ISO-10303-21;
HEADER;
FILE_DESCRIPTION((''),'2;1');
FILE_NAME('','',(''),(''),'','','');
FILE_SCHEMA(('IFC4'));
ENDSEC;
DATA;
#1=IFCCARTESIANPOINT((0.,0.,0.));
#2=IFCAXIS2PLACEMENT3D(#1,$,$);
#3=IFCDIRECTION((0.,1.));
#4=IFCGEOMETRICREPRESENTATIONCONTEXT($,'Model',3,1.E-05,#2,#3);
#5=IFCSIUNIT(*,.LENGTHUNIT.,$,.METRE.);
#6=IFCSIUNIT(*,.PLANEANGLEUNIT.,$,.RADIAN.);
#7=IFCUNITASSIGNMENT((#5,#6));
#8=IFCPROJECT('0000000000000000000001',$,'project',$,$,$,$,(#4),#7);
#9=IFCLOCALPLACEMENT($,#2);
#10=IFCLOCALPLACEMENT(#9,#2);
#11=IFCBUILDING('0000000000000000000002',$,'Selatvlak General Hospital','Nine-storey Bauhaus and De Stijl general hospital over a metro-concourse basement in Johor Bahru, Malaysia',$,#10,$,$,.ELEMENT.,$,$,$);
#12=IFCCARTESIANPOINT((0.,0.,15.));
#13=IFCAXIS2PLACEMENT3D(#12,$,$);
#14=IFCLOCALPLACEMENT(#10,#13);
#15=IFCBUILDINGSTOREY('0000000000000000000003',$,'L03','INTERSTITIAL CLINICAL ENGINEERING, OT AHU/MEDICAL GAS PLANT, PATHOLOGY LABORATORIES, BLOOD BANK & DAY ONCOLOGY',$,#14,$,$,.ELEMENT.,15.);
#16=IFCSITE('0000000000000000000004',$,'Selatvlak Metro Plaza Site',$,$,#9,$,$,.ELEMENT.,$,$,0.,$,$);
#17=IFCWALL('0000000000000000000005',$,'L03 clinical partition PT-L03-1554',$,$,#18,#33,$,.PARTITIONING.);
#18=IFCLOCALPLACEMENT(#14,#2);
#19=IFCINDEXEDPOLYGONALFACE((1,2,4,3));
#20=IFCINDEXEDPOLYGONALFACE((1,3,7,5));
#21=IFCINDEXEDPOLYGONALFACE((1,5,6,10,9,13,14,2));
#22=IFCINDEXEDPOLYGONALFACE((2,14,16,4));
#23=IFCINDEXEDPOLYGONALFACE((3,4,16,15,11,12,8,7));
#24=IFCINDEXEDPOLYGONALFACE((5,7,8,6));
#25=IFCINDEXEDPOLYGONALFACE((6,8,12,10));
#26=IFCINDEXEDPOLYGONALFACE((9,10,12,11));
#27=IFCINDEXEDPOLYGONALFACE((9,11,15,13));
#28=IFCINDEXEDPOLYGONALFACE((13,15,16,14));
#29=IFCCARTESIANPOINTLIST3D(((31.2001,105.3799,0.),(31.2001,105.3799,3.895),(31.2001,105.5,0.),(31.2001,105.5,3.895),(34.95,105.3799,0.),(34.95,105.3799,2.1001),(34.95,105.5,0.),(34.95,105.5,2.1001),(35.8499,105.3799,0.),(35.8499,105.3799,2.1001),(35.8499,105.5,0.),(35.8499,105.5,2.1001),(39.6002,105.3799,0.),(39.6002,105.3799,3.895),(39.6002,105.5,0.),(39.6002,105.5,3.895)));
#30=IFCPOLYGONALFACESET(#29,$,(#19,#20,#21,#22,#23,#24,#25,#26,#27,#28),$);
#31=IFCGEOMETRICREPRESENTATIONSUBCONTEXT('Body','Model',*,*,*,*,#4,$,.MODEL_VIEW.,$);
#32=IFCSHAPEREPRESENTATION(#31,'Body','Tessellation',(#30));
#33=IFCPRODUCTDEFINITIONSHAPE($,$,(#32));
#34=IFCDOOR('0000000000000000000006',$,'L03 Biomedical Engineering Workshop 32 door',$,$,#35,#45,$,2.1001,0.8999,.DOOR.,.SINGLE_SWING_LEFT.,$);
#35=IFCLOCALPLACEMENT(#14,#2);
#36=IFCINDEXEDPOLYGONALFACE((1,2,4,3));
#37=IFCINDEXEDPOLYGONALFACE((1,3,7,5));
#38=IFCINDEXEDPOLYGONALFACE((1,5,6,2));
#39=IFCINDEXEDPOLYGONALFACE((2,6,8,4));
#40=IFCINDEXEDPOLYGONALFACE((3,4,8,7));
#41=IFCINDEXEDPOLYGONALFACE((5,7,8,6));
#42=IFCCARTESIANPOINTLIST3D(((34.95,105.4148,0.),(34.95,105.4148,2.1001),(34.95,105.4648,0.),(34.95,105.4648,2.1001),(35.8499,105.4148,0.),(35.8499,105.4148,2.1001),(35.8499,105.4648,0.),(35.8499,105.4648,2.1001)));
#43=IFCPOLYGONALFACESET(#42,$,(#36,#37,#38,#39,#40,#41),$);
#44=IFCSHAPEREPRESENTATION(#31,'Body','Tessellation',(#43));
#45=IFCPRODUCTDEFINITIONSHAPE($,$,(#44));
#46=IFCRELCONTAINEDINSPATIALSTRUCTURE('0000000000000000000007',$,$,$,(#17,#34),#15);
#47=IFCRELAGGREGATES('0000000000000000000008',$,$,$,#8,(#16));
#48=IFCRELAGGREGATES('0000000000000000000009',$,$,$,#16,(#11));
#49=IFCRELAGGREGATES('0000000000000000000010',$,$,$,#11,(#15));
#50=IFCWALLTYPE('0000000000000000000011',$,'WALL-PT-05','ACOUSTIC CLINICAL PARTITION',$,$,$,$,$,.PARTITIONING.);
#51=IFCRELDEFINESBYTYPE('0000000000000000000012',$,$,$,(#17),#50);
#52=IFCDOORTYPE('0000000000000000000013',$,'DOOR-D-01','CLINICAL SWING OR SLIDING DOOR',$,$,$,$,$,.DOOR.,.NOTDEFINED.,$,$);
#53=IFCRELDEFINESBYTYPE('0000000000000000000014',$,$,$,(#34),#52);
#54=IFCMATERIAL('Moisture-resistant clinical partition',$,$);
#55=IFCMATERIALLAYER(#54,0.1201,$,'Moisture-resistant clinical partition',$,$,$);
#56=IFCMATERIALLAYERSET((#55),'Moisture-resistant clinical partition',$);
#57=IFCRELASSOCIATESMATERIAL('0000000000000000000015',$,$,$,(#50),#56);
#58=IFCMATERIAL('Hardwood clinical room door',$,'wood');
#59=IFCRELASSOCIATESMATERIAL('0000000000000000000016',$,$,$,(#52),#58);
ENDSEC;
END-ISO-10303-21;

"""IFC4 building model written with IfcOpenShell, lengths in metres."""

from ifc_helpers import new_model, si_unit, direction, frame, frame_2d, origin, place, context, subcontext, project, spatial, rectangle, extrude, material, layer, layer_set, type_object, element, fill, save


model = new_model("IFC4")

# Units and contexts
model_context = context("Model", 3, precision=1e-05, world=origin(), true_north=direction((0.0, 1.0)))
body_context = subcontext(model_context, "Body", "Model", "MODEL_VIEW")
ifc_project = project(units=[si_unit("LENGTHUNIT", "METRE"), si_unit("PLANEANGLEUNIT", "RADIAN")], contexts=[model_context])

# Site, building, storey
site_placement = place(None, origin())
site = spatial("IfcSite", under=ifc_project, at=site_placement, Name="Selatvlak Metro Plaza Site", CompositionType="ELEMENT", RefElevation=0.0)
building_placement = place(site_placement, origin())
building = spatial("IfcBuilding", under=site, at=building_placement, Name="Selatvlak General Hospital", Description="Nine-storey Bauhaus and De Stijl general hospital over a metro-concourse basement in Johor Bahru, Malaysia", CompositionType="ELEMENT")
storey_placement = place(building_placement, frame((0.0, 0.0, 15.0)))
storey = spatial("IfcBuildingStorey", under=building, at=storey_placement, Name="L03", Description="INTERSTITIAL CLINICAL ENGINEERING, OT AHU/MEDICAL GAS PLANT, PATHOLOGY LABORATORIES, BLOOD BANK & DAY ONCOLOGY", CompositionType="ELEMENT", Elevation=15.0)

# Shared definitions
ifc_material_1 = material(Name="Moisture-resistant clinical partition")

# Wall, opening, door
ifc_layer_1 = layer(ifc_material_1, 0.1201, Name="Moisture-resistant clinical partition")
ifc_layer_set_1 = layer_set([ifc_layer_1], Name="Moisture-resistant clinical partition")
wall_type_1 = type_object("IfcWallType", Name="WALL-PT-05", Description="ACOUSTIC CLINICAL PARTITION", PredefinedType="PARTITIONING", material=ifc_layer_set_1)
wall_1_placement = place(storey_placement, frame((31.2, 105.4399, 0.0), z_axis=(0.0, 0.0, 1.0), x_axis=(1.0, 0.0, 0.0)))
wall_1 = element("IfcWall", 1, at=wall_1_placement, inside=storey, type_object=wall_type_1, Name="L03 clinical partition PT-L03-1554", PredefinedType="PARTITIONING", context=body_context, shape_type="SweptSolid", body=[
    extrude(rectangle(XDim=8.4001, YDim=0.1201, at=frame_2d((4.2002, 0.0))), origin(), (0.0, 0.0, 1.0), 3.895),
])
opening_placement = place(wall_1_placement, frame((3.75, 0.0, 0.0)))
opening = element("IfcOpeningElement", 2, at=opening_placement, cuts=wall_1, PredefinedType="OPENING", context=body_context, shape_type="SweptSolid", body=[
    extrude(rectangle(XDim=0.8999, YDim=2.1001, at=frame_2d((0.45, 1.05))), frame((0.0, 0.0701, 0.0), z_axis=(0.0, -1.0, 0.0), x_axis=(1.0, 0.0, 0.0)), (0.0, 0.0, 1.0), 0.1401),
])
ifc_material_2 = material(Name="Hardwood clinical room door", Category="wood")
door_type = type_object("IfcDoorType", Name="DOOR-D-01", Description="CLINICAL SWING OR SLIDING DOOR", OperationType="NOTDEFINED", PredefinedType="DOOR", material=ifc_material_2)
door_placement = place(opening_placement, origin())
door = element("IfcDoor", 3, at=door_placement, inside=storey, type_object=door_type, Name="L03 Biomedical Engineering Workshop 32 door", OperationType="SINGLE_SWING_LEFT", OverallHeight=2.1001, OverallWidth=0.8999, PredefinedType="DOOR", context=body_context, shape_type="SweptSolid", body=[
    extrude(rectangle(XDim=0.8999, YDim=2.1001, at=frame_2d((0.45, 1.05))), frame((0.0, 0.0249, 0.0), z_axis=(0.0, -1.0, 0.0), x_axis=(1.0, 0.0, 0.0)), (0.0, 0.0, 1.0), 0.05),
])
fill(opening, door)

save(model, "model.ifc")
